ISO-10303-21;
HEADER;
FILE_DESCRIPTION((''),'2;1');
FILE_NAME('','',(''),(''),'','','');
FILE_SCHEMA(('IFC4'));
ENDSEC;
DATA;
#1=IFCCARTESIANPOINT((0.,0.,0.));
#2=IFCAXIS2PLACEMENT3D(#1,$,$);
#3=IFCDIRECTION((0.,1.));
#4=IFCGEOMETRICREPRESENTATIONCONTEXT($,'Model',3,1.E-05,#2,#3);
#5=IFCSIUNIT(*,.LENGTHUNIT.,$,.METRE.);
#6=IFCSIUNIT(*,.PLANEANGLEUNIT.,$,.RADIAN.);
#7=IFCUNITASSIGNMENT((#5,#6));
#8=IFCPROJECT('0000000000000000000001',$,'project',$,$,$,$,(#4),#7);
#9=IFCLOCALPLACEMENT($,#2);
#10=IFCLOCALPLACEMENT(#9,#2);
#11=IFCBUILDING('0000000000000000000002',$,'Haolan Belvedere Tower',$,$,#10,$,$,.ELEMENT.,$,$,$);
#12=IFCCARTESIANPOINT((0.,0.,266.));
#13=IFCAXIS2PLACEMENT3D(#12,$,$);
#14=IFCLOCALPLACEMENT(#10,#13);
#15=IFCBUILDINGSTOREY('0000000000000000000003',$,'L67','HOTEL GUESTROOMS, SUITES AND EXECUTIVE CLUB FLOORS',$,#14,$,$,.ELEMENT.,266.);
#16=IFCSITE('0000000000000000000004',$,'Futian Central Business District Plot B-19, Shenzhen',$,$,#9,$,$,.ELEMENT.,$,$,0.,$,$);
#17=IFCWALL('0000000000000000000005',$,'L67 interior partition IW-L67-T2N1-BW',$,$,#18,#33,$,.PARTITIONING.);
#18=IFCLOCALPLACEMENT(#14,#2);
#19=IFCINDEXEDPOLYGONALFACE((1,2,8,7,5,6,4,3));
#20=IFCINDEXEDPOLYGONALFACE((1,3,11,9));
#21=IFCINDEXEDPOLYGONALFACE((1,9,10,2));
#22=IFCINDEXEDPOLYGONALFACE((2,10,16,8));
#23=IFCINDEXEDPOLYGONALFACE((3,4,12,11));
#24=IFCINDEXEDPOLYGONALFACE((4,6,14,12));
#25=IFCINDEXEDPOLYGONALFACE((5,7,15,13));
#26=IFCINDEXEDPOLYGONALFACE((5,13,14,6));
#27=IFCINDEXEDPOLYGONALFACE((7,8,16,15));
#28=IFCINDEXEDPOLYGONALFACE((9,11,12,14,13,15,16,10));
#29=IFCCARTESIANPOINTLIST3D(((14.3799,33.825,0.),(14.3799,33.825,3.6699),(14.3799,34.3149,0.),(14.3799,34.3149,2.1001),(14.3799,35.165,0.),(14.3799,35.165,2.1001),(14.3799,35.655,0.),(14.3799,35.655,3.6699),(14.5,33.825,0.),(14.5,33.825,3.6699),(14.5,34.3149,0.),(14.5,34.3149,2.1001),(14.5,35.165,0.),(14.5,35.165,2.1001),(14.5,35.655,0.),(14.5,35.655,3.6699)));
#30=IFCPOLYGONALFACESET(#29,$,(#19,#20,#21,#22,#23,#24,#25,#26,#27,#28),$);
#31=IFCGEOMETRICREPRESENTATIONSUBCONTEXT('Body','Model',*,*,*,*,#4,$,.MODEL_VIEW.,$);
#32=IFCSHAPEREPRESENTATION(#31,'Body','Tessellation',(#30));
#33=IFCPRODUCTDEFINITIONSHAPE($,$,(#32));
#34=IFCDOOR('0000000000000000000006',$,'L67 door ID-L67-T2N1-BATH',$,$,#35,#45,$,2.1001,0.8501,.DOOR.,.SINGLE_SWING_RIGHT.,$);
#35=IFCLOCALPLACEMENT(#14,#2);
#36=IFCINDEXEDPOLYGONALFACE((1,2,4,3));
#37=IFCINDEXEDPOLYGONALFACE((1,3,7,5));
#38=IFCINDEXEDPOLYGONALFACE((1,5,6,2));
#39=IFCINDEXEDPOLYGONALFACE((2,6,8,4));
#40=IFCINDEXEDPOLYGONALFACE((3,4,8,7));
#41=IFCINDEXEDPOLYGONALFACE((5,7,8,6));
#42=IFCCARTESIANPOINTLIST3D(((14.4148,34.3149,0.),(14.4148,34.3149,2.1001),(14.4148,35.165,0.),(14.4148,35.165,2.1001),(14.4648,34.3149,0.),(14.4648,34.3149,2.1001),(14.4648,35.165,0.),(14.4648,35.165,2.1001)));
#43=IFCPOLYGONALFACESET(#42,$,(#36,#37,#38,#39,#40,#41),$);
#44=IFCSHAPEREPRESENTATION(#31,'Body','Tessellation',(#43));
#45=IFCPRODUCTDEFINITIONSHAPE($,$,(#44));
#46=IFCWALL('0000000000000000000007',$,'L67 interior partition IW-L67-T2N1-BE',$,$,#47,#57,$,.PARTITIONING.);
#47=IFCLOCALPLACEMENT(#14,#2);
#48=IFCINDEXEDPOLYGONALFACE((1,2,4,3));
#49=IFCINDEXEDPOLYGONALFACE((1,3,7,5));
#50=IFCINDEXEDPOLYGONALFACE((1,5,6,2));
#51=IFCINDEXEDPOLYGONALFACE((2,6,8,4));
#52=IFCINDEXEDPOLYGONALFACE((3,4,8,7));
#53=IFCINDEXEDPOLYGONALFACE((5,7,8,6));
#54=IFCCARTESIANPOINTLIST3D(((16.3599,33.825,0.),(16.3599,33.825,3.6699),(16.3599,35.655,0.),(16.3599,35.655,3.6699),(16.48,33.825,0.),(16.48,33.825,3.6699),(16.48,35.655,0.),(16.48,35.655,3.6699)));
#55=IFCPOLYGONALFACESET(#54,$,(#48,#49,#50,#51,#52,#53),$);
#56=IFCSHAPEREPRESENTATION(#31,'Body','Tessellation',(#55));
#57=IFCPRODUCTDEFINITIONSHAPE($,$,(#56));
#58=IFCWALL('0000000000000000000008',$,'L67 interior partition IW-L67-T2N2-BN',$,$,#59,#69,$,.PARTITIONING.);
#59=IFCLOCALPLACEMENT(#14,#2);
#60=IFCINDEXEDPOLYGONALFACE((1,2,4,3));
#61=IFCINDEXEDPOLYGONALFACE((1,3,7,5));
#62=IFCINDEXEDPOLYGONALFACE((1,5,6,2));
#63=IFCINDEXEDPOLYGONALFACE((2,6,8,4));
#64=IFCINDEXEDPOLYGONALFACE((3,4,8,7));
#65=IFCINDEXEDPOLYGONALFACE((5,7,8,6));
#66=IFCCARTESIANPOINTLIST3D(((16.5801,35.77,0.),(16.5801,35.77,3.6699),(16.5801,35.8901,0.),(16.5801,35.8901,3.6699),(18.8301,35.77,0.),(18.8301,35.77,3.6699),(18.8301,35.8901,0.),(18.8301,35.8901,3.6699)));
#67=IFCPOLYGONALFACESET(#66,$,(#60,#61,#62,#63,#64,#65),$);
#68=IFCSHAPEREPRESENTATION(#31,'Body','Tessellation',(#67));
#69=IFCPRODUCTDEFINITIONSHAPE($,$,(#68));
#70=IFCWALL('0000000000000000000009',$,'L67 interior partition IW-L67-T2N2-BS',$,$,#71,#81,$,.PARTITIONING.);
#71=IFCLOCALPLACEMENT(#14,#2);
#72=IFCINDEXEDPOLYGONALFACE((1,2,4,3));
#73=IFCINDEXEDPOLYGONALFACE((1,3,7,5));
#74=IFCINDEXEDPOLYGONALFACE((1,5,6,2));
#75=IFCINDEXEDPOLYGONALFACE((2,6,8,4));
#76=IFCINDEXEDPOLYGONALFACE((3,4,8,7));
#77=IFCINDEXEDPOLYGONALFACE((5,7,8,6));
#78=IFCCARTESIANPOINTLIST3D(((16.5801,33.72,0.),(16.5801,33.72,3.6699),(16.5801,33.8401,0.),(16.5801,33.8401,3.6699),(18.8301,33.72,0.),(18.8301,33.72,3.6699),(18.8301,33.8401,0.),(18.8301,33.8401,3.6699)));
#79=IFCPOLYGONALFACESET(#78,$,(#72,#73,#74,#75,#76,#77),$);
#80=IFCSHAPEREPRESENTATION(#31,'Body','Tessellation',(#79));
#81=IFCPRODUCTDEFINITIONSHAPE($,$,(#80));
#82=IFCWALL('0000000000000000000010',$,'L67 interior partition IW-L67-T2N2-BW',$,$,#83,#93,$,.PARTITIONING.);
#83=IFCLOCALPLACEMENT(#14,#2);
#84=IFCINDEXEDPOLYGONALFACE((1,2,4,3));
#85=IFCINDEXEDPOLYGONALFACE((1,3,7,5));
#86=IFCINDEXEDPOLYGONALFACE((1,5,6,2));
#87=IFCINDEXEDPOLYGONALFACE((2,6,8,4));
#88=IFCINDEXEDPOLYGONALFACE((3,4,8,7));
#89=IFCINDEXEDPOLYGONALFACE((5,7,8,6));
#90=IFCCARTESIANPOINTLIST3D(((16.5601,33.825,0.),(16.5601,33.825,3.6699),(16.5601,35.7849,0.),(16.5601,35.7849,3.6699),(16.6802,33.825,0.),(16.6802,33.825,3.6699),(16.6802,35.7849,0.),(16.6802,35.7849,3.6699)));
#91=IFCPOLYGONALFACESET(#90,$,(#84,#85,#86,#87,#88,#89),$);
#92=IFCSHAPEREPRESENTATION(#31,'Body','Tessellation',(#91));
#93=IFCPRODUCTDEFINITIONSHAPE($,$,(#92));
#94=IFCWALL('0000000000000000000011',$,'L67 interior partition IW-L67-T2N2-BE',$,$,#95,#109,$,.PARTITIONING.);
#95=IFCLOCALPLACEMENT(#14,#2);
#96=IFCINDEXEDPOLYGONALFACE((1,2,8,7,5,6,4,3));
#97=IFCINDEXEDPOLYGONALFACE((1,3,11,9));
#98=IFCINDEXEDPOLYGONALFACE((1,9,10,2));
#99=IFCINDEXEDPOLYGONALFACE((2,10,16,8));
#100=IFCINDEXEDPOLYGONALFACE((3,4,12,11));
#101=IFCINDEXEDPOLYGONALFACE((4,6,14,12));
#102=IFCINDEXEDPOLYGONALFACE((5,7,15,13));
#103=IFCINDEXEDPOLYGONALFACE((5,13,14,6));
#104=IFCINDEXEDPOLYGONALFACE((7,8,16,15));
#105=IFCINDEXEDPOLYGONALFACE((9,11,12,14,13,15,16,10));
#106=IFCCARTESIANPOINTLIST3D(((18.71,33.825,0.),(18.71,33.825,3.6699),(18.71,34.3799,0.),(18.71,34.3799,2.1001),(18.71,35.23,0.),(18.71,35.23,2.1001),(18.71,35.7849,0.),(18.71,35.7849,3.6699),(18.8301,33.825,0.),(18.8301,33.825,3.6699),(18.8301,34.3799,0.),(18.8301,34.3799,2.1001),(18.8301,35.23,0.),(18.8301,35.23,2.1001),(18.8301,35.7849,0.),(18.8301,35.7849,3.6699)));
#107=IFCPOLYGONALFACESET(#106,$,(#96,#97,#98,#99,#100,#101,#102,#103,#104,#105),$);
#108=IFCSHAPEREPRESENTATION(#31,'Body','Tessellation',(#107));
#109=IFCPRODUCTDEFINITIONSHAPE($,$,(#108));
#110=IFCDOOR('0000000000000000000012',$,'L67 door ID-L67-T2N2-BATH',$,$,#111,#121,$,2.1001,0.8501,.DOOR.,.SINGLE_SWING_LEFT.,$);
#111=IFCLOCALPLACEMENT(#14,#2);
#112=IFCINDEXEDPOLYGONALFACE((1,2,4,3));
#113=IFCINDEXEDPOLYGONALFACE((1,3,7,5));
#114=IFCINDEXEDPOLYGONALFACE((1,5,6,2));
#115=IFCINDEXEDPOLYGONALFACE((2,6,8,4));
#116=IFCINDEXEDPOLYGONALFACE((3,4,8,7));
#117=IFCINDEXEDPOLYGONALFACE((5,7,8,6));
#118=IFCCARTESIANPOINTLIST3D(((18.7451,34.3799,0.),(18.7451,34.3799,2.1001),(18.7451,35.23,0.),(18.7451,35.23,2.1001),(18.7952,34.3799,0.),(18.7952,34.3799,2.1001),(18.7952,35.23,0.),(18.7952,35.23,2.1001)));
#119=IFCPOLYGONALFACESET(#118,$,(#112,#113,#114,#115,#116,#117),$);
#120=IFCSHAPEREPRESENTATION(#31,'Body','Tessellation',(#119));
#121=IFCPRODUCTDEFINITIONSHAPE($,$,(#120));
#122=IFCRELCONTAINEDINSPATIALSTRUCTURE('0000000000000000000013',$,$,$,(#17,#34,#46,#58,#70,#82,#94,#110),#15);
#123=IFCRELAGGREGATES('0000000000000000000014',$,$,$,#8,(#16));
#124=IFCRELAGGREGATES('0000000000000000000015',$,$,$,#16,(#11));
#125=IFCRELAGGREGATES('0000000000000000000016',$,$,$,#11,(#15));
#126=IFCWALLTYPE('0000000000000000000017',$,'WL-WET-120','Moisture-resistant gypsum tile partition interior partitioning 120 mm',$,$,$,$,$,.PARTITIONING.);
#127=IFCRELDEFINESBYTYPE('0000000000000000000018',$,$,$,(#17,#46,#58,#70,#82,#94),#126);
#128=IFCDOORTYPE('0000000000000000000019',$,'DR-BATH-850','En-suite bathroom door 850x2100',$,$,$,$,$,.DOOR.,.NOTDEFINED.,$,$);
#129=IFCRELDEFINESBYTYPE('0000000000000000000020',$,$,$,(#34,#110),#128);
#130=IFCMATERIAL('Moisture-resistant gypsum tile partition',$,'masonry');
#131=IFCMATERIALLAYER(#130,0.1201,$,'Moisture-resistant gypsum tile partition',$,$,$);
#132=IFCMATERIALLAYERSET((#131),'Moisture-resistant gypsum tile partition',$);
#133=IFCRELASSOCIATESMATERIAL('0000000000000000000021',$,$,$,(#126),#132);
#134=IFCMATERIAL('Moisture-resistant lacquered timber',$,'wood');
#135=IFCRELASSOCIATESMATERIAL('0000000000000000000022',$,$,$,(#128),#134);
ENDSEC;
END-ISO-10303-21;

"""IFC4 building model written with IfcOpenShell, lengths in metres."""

from ifc_helpers import new_model, si_unit, direction, frame, frame_2d, origin, place, context, subcontext, project, spatial, rectangle, extrude, material, layer, layer_set, type_object, element, fill, save


model = new_model("IFC4")

# Units and contexts
model_context = context("Model", 3, precision=1e-05, world=origin(), true_north=direction((0.0, 1.0)))
body_context = subcontext(model_context, "Body", "Model", "MODEL_VIEW")
ifc_project = project(units=[si_unit("LENGTHUNIT", "METRE"), si_unit("PLANEANGLEUNIT", "RADIAN")], contexts=[model_context])

# Site, building, storey
site_placement = place(None, origin())
site = spatial("IfcSite", under=ifc_project, at=site_placement, Name="Futian Central Business District Plot B-19, Shenzhen", CompositionType="ELEMENT", RefElevation=0.0)
building_placement = place(site_placement, origin())
building = spatial("IfcBuilding", under=site, at=building_placement, Name="Haolan Belvedere Tower", CompositionType="ELEMENT")
storey_placement = place(building_placement, frame((0.0, 0.0, 266.0)))
storey = spatial("IfcBuildingStorey", under=building, at=storey_placement, Name="L67", Description="HOTEL GUESTROOMS, SUITES AND EXECUTIVE CLUB FLOORS", CompositionType="ELEMENT", Elevation=266.0)

# Shared definitions
ifc_material_1 = material(Name="Moisture-resistant gypsum tile partition", Category="masonry")
ifc_layer_1 = layer(ifc_material_1, 0.1201, Name="Moisture-resistant gypsum tile partition")
ifc_layer_set_1 = layer_set([ifc_layer_1], Name="Moisture-resistant gypsum tile partition")
wall_type_1 = type_object("IfcWallType", Name="WL-WET-120", Description="Moisture-resistant gypsum tile partition interior partitioning 120 mm", PredefinedType="PARTITIONING", material=ifc_layer_set_1)

# Wall, opening, door
wall_1_placement = place(storey_placement, frame((14.4399, 33.825, 0.0), z_axis=(0.0, 0.0, 1.0), x_axis=(0.0, 1.0, 0.0)))
wall_1 = element("IfcWall", 1, at=wall_1_placement, inside=storey, type_object=wall_type_1, Name="L67 interior partition IW-L67-T2N1-BW", PredefinedType="PARTITIONING", context=body_context, shape_type="SweptSolid", body=[
    extrude(rectangle(XDim=1.8301, YDim=0.1201, at=frame_2d((0.915, 0.0))), origin(), (0.0, 0.0, 1.0), 3.6699),
])
opening_1_placement = place(wall_1_placement, frame((1.3401, 0.0, 0.0), z_axis=(0.0, 0.0, 1.0), x_axis=(-1.0, 0.0, 0.0)))
opening_1 = element("IfcOpeningElement", 2, at=opening_1_placement, cuts=wall_1, PredefinedType="OPENING", context=body_context, shape_type="SweptSolid", body=[
    extrude(rectangle(XDim=0.8501, YDim=2.1001, at=frame_2d((0.425, 1.05))), frame((0.0, 0.0701, 0.0), z_axis=(0.0, -1.0, 0.0), x_axis=(1.0, 0.0, 0.0)), (0.0, 0.0, 1.0), 0.1401),
])
ifc_material_2 = material(Name="Moisture-resistant lacquered timber", Category="wood")
door_type_1 = type_object("IfcDoorType", Name="DR-BATH-850", Description="En-suite bathroom door 850x2100", OperationType="NOTDEFINED", PredefinedType="DOOR", material=ifc_material_2)
door_1_placement = place(opening_1_placement, origin())
door_1 = element("IfcDoor", 3, at=door_1_placement, inside=storey, type_object=door_type_1, Name="L67 door ID-L67-T2N1-BATH", OperationType="SINGLE_SWING_RIGHT", OverallHeight=2.1001, OverallWidth=0.8501, PredefinedType="DOOR", context=body_context, shape_type="SweptSolid", body=[
    extrude(rectangle(XDim=0.8501, YDim=2.1001, at=frame_2d((0.425, 1.05))), frame((0.0, 0.0249, 0.0), z_axis=(0.0, -1.0, 0.0), x_axis=(1.0, 0.0, 0.0)), (0.0, 0.0, 1.0), 0.05),
])
fill(opening_1, door_1)

# Walls
wall_2_placement = place(storey_placement, frame((16.4199, 33.825, 0.0), z_axis=(0.0, 0.0, 1.0), x_axis=(0.0, 1.0, 0.0)))
element("IfcWall", 4, at=wall_2_placement, inside=storey, type_object=wall_type_1, Name="L67 interior partition IW-L67-T2N1-BE", PredefinedType="PARTITIONING", context=body_context, shape_type="SweptSolid", body=[
    extrude(rectangle(XDim=1.8301, YDim=0.1201, at=frame_2d((0.915, 0.0))), origin(), (0.0, 0.0, 1.0), 3.6699),
])
for number, where, z_axis, x_axis, name in (
    (5, (16.5801, 35.8301, 0.0), (0.0, 0.0, 1.0), (1.0, 0.0, 0.0), "L67 interior partition IW-L67-T2N2-BN"),
    (6, (16.5801, 33.78, 0.0), (0.0, 0.0, 1.0), (1.0, 0.0, 0.0), "L67 interior partition IW-L67-T2N2-BS"),
):
    element("IfcWall", number, at=place(storey_placement, frame(where, z_axis=z_axis, x_axis=x_axis)), inside=storey, type_object=wall_type_1, Name=name, PredefinedType="PARTITIONING", context=body_context, shape_type="SweptSolid", body=[
        extrude(rectangle(XDim=2.25, YDim=0.1201, at=frame_2d((1.125, 0.0))), origin(), (0.0, 0.0, 1.0), 3.6699),
    ])
wall_3_placement = place(storey_placement, frame((16.6201, 33.825, 0.0), z_axis=(0.0, 0.0, 1.0), x_axis=(0.0, 1.0, 0.0)))
element("IfcWall", 7, at=wall_3_placement, inside=storey, type_object=wall_type_1, Name="L67 interior partition IW-L67-T2N2-BW", PredefinedType="PARTITIONING", context=body_context, shape_type="SweptSolid", body=[
    extrude(rectangle(XDim=1.96, YDim=0.1201, at=frame_2d((0.98, 0.0))), origin(), (0.0, 0.0, 1.0), 3.6699),
])

# Wall, opening, door
wall_4_placement = place(storey_placement, frame((18.77, 33.825, 0.0), z_axis=(0.0, 0.0, 1.0), x_axis=(0.0, 1.0, 0.0)))
wall_4 = element("IfcWall", 8, at=wall_4_placement, inside=storey, type_object=wall_type_1, Name="L67 interior partition IW-L67-T2N2-BE", PredefinedType="PARTITIONING", context=body_context, shape_type="SweptSolid", body=[
    extrude(rectangle(XDim=1.96, YDim=0.1201, at=frame_2d((0.98, 0.0))), origin(), (0.0, 0.0, 1.0), 3.6699),
])
opening_2_placement = place(wall_4_placement, frame((0.5549, 0.0, 0.0)))
opening_2 = element("IfcOpeningElement", 9, at=opening_2_placement, cuts=wall_4, PredefinedType="OPENING", context=body_context, shape_type="SweptSolid", body=[
    extrude(rectangle(XDim=0.8501, YDim=2.1001, at=frame_2d((0.425, 1.05))), frame((0.0, 0.0701, 0.0), z_axis=(0.0, -1.0, 0.0), x_axis=(1.0, 0.0, 0.0)), (0.0, 0.0, 1.0), 0.1401),
])
door_2_placement = place(opening_2_placement, origin())
door_2 = element("IfcDoor", 10, at=door_2_placement, inside=storey, type_object=door_type_1, Name="L67 door ID-L67-T2N2-BATH", OperationType="SINGLE_SWING_LEFT", OverallHeight=2.1001, OverallWidth=0.8501, PredefinedType="DOOR", context=body_context, shape_type="SweptSolid", body=[
    extrude(rectangle(XDim=0.8501, YDim=2.1001, at=frame_2d((0.425, 1.05))), frame((0.0, 0.0249, 0.0), z_axis=(0.0, -1.0, 0.0), x_axis=(1.0, 0.0, 0.0)), (0.0, 0.0, 1.0), 0.05),
])
fill(opening_2, door_2)

save(model, "model.ifc")
